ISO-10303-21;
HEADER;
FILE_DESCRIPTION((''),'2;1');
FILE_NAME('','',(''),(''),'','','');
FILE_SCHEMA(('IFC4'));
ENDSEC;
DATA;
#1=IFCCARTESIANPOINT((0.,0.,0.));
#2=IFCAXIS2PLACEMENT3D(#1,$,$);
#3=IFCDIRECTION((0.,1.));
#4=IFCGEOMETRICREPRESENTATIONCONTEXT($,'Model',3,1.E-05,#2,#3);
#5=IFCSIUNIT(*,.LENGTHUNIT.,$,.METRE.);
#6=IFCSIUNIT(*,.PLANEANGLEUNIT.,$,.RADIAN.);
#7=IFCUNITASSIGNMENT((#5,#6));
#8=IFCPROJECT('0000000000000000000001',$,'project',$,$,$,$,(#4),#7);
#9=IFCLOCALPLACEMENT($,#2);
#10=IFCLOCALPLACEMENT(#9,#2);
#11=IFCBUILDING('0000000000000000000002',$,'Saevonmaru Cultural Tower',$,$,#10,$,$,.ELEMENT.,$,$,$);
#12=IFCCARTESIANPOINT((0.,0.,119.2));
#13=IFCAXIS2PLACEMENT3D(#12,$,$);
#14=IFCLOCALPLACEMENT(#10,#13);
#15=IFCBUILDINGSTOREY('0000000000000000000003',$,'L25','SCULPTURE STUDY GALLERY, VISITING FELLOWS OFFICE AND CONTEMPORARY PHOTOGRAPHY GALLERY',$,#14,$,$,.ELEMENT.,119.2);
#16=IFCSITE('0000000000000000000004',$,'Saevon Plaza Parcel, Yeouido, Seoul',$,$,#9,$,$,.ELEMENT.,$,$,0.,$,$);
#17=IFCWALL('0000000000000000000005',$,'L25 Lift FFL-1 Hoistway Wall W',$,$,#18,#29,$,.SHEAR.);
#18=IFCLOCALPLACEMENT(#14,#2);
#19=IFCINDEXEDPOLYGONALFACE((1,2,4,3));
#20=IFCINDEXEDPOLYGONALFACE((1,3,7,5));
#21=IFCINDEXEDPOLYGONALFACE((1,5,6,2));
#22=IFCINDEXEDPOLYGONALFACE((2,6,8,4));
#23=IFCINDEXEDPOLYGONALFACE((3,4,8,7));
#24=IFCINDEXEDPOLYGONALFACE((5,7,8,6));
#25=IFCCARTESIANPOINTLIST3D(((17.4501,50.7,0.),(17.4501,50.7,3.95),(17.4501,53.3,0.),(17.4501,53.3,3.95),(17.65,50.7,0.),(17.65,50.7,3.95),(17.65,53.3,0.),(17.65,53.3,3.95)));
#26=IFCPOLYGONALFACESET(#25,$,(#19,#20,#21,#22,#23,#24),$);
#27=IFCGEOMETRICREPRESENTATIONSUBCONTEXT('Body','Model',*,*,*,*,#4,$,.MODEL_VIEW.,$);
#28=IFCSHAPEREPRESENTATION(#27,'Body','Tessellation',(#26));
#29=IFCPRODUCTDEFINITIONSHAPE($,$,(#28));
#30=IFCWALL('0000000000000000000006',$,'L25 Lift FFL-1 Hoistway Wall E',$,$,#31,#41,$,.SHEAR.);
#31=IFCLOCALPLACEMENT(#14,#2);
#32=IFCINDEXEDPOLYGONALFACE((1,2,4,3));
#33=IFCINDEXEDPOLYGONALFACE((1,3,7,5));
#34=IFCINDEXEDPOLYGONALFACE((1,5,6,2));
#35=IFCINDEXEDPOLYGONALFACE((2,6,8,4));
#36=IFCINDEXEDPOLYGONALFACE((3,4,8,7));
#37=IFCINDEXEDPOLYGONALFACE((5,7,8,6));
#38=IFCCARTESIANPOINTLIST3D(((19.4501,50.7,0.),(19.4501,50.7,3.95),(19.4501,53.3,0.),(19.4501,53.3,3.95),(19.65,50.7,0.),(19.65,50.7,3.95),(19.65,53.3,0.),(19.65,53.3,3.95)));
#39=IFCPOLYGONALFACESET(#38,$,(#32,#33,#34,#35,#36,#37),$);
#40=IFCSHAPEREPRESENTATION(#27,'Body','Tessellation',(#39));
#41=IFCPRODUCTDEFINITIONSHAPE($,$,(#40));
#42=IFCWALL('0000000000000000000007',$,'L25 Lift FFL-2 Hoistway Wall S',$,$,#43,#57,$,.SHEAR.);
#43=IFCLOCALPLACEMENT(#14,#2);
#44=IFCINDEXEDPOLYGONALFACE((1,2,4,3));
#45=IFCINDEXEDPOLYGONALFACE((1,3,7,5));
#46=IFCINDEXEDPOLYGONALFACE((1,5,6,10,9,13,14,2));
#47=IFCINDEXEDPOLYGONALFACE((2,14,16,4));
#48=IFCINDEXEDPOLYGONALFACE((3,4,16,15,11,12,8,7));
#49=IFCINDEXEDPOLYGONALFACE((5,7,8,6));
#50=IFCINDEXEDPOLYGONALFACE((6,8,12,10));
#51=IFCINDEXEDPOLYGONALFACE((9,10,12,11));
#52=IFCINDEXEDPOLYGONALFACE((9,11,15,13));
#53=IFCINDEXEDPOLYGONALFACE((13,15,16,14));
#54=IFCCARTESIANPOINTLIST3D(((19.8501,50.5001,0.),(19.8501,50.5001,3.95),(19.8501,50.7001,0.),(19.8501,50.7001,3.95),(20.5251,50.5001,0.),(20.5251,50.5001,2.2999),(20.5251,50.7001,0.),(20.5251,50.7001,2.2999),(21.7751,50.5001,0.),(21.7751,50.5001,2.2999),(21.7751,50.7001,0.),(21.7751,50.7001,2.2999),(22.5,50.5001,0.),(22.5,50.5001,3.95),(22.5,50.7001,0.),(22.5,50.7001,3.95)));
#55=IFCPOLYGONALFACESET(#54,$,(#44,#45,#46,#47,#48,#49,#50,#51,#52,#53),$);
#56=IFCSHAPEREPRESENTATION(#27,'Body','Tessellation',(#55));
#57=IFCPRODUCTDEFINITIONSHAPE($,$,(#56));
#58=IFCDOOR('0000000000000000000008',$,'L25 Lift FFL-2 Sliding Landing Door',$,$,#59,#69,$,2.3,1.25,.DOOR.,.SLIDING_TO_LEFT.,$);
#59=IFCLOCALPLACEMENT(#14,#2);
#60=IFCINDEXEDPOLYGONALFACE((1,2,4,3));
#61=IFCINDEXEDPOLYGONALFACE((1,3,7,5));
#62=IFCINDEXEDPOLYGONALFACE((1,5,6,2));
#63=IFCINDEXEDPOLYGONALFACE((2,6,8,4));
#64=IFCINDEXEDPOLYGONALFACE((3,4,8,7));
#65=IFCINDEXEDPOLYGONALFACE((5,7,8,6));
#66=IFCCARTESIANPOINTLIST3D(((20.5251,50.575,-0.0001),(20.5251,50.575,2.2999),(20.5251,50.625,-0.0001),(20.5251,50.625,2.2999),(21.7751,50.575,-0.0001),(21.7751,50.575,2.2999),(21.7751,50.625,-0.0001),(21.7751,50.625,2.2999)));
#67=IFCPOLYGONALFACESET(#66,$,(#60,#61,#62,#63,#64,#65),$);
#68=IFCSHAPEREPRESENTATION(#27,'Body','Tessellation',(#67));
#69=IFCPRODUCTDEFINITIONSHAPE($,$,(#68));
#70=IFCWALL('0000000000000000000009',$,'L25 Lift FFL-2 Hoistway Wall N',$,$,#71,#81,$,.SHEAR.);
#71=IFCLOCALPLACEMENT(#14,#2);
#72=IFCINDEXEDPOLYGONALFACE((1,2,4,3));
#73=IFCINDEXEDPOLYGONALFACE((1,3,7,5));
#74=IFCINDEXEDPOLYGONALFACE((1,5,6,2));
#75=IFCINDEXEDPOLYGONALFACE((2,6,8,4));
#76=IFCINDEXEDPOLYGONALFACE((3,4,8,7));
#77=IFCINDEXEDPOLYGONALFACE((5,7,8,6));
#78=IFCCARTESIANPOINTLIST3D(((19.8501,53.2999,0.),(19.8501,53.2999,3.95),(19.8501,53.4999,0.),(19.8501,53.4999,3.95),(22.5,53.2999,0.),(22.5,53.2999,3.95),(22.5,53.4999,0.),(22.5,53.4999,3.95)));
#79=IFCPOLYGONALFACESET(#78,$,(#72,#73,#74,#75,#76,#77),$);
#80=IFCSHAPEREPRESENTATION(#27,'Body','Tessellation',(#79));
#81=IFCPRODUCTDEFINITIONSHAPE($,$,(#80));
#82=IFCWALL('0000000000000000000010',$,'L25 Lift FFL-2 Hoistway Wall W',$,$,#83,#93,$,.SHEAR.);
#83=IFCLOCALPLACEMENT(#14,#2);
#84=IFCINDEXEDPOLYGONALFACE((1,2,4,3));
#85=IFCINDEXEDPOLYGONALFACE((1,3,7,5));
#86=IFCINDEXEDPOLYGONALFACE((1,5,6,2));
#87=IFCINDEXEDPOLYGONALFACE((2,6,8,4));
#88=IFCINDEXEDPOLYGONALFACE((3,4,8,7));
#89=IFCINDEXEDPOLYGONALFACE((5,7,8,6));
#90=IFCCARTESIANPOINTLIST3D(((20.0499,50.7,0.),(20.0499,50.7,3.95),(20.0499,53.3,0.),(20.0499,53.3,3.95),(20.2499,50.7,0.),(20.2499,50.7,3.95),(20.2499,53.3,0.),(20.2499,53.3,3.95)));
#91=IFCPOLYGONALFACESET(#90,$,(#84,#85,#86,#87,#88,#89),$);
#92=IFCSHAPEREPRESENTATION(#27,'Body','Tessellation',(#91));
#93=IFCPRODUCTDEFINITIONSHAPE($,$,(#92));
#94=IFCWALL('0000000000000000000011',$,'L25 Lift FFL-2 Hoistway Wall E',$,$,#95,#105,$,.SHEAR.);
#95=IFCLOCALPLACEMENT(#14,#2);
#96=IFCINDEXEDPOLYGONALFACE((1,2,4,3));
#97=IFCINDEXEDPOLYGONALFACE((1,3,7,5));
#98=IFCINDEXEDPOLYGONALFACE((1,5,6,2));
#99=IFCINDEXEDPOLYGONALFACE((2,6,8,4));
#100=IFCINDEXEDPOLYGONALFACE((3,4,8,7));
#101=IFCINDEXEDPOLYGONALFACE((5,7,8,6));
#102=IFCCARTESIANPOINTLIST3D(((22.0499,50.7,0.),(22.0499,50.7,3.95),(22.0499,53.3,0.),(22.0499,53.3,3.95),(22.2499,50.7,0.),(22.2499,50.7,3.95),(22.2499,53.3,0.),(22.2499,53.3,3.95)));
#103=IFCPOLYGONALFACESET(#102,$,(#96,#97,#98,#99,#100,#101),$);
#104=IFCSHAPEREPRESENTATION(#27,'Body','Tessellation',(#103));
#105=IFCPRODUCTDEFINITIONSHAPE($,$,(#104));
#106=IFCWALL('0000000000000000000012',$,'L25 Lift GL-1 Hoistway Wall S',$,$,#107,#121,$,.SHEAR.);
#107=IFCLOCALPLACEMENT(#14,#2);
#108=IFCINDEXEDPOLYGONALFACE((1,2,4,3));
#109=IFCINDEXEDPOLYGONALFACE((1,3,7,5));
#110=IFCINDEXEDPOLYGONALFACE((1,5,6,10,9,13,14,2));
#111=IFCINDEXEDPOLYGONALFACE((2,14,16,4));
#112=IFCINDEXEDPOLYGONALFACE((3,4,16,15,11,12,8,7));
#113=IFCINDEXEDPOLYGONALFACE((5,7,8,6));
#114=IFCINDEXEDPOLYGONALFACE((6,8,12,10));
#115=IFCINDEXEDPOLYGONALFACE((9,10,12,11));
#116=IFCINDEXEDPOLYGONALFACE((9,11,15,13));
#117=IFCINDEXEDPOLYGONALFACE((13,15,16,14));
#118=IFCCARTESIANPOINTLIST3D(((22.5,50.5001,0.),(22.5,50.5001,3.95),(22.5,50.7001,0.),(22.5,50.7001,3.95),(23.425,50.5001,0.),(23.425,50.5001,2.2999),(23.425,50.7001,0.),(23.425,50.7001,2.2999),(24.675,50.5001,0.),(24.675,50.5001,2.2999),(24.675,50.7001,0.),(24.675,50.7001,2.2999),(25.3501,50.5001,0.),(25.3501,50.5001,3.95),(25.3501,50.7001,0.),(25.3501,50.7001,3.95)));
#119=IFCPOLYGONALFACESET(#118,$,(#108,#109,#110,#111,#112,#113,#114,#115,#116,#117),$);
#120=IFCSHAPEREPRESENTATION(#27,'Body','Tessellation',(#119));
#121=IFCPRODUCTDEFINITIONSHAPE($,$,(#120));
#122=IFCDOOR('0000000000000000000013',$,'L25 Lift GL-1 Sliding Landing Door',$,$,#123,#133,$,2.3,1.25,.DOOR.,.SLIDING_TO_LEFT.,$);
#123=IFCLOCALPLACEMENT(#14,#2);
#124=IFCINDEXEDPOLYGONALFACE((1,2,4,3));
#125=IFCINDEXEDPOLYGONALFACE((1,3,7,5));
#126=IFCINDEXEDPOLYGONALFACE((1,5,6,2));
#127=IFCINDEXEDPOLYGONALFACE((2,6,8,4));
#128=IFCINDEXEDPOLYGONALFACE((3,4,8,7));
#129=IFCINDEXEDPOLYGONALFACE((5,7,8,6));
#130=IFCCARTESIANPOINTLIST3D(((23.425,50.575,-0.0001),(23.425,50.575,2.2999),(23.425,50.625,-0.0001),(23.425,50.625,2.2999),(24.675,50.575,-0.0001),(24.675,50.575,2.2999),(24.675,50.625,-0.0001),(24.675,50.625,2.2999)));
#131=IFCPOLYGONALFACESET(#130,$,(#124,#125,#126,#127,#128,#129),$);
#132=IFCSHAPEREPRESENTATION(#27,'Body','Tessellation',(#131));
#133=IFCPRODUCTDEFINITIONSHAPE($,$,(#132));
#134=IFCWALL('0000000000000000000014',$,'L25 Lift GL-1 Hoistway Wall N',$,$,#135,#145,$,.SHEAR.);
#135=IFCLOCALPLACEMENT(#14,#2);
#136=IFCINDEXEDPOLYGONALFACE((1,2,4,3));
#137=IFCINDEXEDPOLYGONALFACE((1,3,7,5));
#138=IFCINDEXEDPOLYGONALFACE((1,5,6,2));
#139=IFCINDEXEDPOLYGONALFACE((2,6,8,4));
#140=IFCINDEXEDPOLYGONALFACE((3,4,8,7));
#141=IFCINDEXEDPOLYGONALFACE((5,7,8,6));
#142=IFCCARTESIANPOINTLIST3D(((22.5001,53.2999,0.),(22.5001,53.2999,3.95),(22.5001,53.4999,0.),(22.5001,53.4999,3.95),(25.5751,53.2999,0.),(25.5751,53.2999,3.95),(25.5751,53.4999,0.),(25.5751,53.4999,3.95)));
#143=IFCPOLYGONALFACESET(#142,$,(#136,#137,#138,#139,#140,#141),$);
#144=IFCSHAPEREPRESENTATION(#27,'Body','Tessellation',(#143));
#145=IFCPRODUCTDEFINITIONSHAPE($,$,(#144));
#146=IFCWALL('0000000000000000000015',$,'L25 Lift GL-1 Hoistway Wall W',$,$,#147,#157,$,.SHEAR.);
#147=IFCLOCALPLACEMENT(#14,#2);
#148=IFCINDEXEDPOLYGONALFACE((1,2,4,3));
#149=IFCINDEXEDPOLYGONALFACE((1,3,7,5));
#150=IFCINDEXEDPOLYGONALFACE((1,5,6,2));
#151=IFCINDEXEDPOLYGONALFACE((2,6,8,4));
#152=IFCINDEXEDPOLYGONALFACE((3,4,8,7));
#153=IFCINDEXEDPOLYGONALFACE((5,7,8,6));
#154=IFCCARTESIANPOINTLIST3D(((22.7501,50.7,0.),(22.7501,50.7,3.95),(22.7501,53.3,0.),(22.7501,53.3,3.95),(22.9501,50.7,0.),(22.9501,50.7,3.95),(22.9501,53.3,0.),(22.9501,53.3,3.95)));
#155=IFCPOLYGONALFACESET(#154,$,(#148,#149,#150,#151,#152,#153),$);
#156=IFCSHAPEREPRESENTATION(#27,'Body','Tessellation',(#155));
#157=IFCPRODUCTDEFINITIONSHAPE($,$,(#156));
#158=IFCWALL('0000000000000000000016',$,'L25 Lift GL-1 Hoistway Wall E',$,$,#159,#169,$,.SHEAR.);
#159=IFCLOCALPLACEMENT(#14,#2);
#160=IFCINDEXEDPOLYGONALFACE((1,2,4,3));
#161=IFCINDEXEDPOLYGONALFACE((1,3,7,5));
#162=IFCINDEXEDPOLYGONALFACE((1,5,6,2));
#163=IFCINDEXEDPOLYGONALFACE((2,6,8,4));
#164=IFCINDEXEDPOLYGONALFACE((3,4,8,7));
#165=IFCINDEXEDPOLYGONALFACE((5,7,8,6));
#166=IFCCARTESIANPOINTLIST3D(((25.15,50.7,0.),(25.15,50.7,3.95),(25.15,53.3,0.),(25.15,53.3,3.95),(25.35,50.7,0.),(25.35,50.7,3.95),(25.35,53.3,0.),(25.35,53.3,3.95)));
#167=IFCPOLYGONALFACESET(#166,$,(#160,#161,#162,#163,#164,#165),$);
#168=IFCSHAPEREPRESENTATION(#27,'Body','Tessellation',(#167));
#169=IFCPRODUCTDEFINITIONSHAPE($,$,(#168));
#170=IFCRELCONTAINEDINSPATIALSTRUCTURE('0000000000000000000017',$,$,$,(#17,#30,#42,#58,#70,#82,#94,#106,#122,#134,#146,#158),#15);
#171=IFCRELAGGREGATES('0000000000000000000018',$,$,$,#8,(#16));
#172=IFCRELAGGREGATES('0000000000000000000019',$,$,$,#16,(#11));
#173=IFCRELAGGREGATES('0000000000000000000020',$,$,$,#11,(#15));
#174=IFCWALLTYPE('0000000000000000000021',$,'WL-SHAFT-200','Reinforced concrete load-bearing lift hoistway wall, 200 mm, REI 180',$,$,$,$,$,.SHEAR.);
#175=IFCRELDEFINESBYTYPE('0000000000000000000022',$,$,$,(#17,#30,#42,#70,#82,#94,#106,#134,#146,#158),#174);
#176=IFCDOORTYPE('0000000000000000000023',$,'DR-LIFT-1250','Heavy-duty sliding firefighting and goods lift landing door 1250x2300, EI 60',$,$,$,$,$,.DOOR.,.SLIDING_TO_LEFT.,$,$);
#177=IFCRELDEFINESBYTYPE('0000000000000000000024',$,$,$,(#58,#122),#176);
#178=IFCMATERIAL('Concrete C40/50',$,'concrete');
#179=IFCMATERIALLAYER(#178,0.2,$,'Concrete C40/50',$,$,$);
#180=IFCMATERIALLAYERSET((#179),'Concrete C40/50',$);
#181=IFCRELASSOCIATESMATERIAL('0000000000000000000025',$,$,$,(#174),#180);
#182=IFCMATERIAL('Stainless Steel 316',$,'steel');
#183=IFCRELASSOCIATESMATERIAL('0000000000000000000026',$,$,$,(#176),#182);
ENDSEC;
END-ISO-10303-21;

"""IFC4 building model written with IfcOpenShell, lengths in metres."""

from ifc_helpers import new_model, si_unit, direction, frame, frame_2d, origin, place, context, subcontext, project, spatial, rectangle, extrude, material, layer, layer_set, type_object, element, fill, save


model = new_model("IFC4")

# Units and contexts
model_context = context("Model", 3, precision=1e-05, world=origin(), true_north=direction((0.0, 1.0)))
body_context = subcontext(model_context, "Body", "Model", "MODEL_VIEW")
ifc_project = project(units=[si_unit("LENGTHUNIT", "METRE"), si_unit("PLANEANGLEUNIT", "RADIAN")], contexts=[model_context])

# Site, building, storey
site_placement = place(None, origin())
site = spatial("IfcSite", under=ifc_project, at=site_placement, Name="Saevon Plaza Parcel, Yeouido, Seoul", CompositionType="ELEMENT", RefElevation=0.0)
building_placement = place(site_placement, origin())
building = spatial("IfcBuilding", under=site, at=building_placement, Name="Saevonmaru Cultural Tower", CompositionType="ELEMENT")
storey_placement = place(building_placement, frame((0.0, 0.0, 119.2)))
storey = spatial("IfcBuildingStorey", under=building, at=storey_placement, Name="L25", Description="SCULPTURE STUDY GALLERY, VISITING FELLOWS OFFICE AND CONTEMPORARY PHOTOGRAPHY GALLERY", CompositionType="ELEMENT", Elevation=119.2)

# Shared definitions
ifc_material_1 = material(Name="Concrete C40/50", Category="concrete")
ifc_layer_1 = layer(ifc_material_1, 0.2, Name="Concrete C40/50")
ifc_layer_set_1 = layer_set([ifc_layer_1], Name="Concrete C40/50")
wall_type = type_object("IfcWallType", Name="WL-SHAFT-200", Description="Reinforced concrete load-bearing lift hoistway wall, 200 mm, REI 180", PredefinedType="SHEAR", material=ifc_layer_set_1)
ifc_material_2 = material(Name="Stainless Steel 316", Category="steel")
door_type_1 = type_object("IfcDoorType", Name="DR-LIFT-1250", Description="Heavy-duty sliding firefighting and goods lift landing door 1250x2300, EI 60", OperationType="SLIDING_TO_LEFT", PredefinedType="DOOR", material=ifc_material_2)

# Walls
for number, where, z_axis, x_axis, name in (
    (1, (17.55, 50.7, 0.0), (0.0, 0.0, 1.0), (0.0, 1.0, 0.0), "L25 Lift FFL-1 Hoistway Wall W"),
    (2, (19.55, 50.7, 0.0), (0.0, 0.0, 1.0), (0.0, 1.0, 0.0), "L25 Lift FFL-1 Hoistway Wall E"),
):
    element("IfcWall", number, at=place(storey_placement, frame(where, z_axis=z_axis, x_axis=x_axis)), inside=storey, type_object=wall_type, Name=name, PredefinedType="SHEAR", context=body_context, shape_type="SweptSolid", body=[
        extrude(rectangle(XDim=2.6001, YDim=0.2, at=frame_2d((1.3, 0.0))), origin(), (0.0, 0.0, 1.0), 3.95),
    ])

# Wall, opening, door
wall_1_placement = place(storey_placement, frame((19.8501, 50.6001, 0.0), z_axis=(0.0, 0.0, 1.0), x_axis=(1.0, 0.0, 0.0)))
wall_1 = element("IfcWall", 3, at=wall_1_placement, inside=storey, type_object=wall_type, Name="L25 Lift FFL-2 Hoistway Wall S", PredefinedType="SHEAR", context=body_context, shape_type="SweptSolid", body=[
    extrude(rectangle(XDim=2.6499, YDim=0.2, at=frame_2d((1.325, 0.0))), origin(), (0.0, 0.0, 1.0), 3.95),
])
opening_1_placement = place(wall_1_placement, frame((0.675, 0.0, 0.0)))
opening_1 = element("IfcOpeningElement", 4, at=opening_1_placement, cuts=wall_1, PredefinedType="OPENING", context=body_context, shape_type="SweptSolid", body=[
    extrude(rectangle(XDim=1.25, YDim=2.3, at=frame_2d((0.625, 1.1499))), frame((0.0, 0.1099, 0.0), z_axis=(0.0, -1.0, 0.0), x_axis=(1.0, 0.0, 0.0)), (0.0, 0.0, 1.0), 0.22),
])
door_1_placement = place(opening_1_placement, origin())
door_1 = element("IfcDoor", 5, at=door_1_placement, inside=storey, type_object=door_type_1, Name="L25 Lift FFL-2 Sliding Landing Door", OperationType="SLIDING_TO_LEFT", OverallHeight=2.3, OverallWidth=1.25, PredefinedType="DOOR", context=body_context, shape_type="SweptSolid", body=[
    extrude(rectangle(XDim=1.25, YDim=2.3, at=frame_2d((0.625, 1.1499))), frame((0.0, 0.0249, 0.0), z_axis=(0.0, -1.0, 0.0), x_axis=(1.0, 0.0, 0.0)), (0.0, 0.0, 1.0), 0.05),
])
fill(opening_1, door_1)

# Walls
wall_2_placement = place(storey_placement, frame((19.8501, 53.3999, 0.0), z_axis=(0.0, 0.0, 1.0), x_axis=(1.0, 0.0, 0.0)))
element("IfcWall", 6, at=wall_2_placement, inside=storey, type_object=wall_type, Name="L25 Lift FFL-2 Hoistway Wall N", PredefinedType="SHEAR", context=body_context, shape_type="SweptSolid", body=[
    extrude(rectangle(XDim=2.6499, YDim=0.2, at=frame_2d((1.325, 0.0))), origin(), (0.0, 0.0, 1.0), 3.95),
])
for number, where, z_axis, x_axis, name in (
    (7, (20.1499, 50.7, 0.0), (0.0, 0.0, 1.0), (0.0, 1.0, 0.0), "L25 Lift FFL-2 Hoistway Wall W"),
    (8, (22.1499, 50.7, 0.0), (0.0, 0.0, 1.0), (0.0, 1.0, 0.0), "L25 Lift FFL-2 Hoistway Wall E"),
):
    element("IfcWall", number, at=place(storey_placement, frame(where, z_axis=z_axis, x_axis=x_axis)), inside=storey, type_object=wall_type, Name=name, PredefinedType="SHEAR", context=body_context, shape_type="SweptSolid", body=[
        extrude(rectangle(XDim=2.6001, YDim=0.2, at=frame_2d((1.3, 0.0))), origin(), (0.0, 0.0, 1.0), 3.95),
    ])

# Wall, opening, door
wall_3_placement = place(storey_placement, frame((22.5, 50.6001, 0.0), z_axis=(0.0, 0.0, 1.0), x_axis=(1.0, 0.0, 0.0)))
wall_3 = element("IfcWall", 9, at=wall_3_placement, inside=storey, type_object=wall_type, Name="L25 Lift GL-1 Hoistway Wall S", PredefinedType="SHEAR", context=body_context, shape_type="SweptSolid", body=[
    extrude(rectangle(XDim=2.8501, YDim=0.2, at=frame_2d((1.425, 0.0))), origin(), (0.0, 0.0, 1.0), 3.95),
])
opening_2_placement = place(wall_3_placement, frame((0.925, 0.0, 0.0)))
opening_2 = element("IfcOpeningElement", 10, at=opening_2_placement, cuts=wall_3, PredefinedType="OPENING", context=body_context, shape_type="SweptSolid", body=[
    extrude(rectangle(XDim=1.25, YDim=2.3, at=frame_2d((0.625, 1.1499))), frame((0.0, 0.1099, 0.0), z_axis=(0.0, -1.0, 0.0), x_axis=(1.0, 0.0, 0.0)), (0.0, 0.0, 1.0), 0.22),
])
door_2_placement = place(opening_2_placement, origin())
door_2 = element("IfcDoor", 11, at=door_2_placement, inside=storey, type_object=door_type_1, Name="L25 Lift GL-1 Sliding Landing Door", OperationType="SLIDING_TO_LEFT", OverallHeight=2.3, OverallWidth=1.25, PredefinedType="DOOR", context=body_context, shape_type="SweptSolid", body=[
    extrude(rectangle(XDim=1.25, YDim=2.3, at=frame_2d((0.625, 1.1499))), frame((0.0, 0.0249, 0.0), z_axis=(0.0, -1.0, 0.0), x_axis=(1.0, 0.0, 0.0)), (0.0, 0.0, 1.0), 0.05),
])
fill(opening_2, door_2)

# Walls
wall_4_placement = place(storey_placement, frame((22.5, 53.3999, 0.0), z_axis=(0.0, 0.0, 1.0), x_axis=(1.0, 0.0, 0.0)))
element("IfcWall", 12, at=wall_4_placement, inside=storey, type_object=wall_type, Name="L25 Lift GL-1 Hoistway Wall N", PredefinedType="SHEAR", context=body_context, shape_type="SweptSolid", body=[
    extrude(rectangle(XDim=3.075, YDim=0.2, at=frame_2d((1.5376, 0.0))), origin(), (0.0, 0.0, 1.0), 3.95),
])
for number, where, z_axis, x_axis, name in (
    (13, (22.8501, 50.7, 0.0), (0.0, 0.0, 1.0), (0.0, 1.0, 0.0), "L25 Lift GL-1 Hoistway Wall W"),
    (14, (25.25, 50.7, 0.0), (0.0, 0.0, 1.0), (0.0, 1.0, 0.0), "L25 Lift GL-1 Hoistway Wall E"),
):
    element("IfcWall", number, at=place(storey_placement, frame(where, z_axis=z_axis, x_axis=x_axis)), inside=storey, type_object=wall_type, Name=name, PredefinedType="SHEAR", context=body_context, shape_type="SweptSolid", body=[
        extrude(rectangle(XDim=2.6001, YDim=0.2, at=frame_2d((1.3, 0.0))), origin(), (0.0, 0.0, 1.0), 3.95),
    ])

save(model, "model.ifc")
